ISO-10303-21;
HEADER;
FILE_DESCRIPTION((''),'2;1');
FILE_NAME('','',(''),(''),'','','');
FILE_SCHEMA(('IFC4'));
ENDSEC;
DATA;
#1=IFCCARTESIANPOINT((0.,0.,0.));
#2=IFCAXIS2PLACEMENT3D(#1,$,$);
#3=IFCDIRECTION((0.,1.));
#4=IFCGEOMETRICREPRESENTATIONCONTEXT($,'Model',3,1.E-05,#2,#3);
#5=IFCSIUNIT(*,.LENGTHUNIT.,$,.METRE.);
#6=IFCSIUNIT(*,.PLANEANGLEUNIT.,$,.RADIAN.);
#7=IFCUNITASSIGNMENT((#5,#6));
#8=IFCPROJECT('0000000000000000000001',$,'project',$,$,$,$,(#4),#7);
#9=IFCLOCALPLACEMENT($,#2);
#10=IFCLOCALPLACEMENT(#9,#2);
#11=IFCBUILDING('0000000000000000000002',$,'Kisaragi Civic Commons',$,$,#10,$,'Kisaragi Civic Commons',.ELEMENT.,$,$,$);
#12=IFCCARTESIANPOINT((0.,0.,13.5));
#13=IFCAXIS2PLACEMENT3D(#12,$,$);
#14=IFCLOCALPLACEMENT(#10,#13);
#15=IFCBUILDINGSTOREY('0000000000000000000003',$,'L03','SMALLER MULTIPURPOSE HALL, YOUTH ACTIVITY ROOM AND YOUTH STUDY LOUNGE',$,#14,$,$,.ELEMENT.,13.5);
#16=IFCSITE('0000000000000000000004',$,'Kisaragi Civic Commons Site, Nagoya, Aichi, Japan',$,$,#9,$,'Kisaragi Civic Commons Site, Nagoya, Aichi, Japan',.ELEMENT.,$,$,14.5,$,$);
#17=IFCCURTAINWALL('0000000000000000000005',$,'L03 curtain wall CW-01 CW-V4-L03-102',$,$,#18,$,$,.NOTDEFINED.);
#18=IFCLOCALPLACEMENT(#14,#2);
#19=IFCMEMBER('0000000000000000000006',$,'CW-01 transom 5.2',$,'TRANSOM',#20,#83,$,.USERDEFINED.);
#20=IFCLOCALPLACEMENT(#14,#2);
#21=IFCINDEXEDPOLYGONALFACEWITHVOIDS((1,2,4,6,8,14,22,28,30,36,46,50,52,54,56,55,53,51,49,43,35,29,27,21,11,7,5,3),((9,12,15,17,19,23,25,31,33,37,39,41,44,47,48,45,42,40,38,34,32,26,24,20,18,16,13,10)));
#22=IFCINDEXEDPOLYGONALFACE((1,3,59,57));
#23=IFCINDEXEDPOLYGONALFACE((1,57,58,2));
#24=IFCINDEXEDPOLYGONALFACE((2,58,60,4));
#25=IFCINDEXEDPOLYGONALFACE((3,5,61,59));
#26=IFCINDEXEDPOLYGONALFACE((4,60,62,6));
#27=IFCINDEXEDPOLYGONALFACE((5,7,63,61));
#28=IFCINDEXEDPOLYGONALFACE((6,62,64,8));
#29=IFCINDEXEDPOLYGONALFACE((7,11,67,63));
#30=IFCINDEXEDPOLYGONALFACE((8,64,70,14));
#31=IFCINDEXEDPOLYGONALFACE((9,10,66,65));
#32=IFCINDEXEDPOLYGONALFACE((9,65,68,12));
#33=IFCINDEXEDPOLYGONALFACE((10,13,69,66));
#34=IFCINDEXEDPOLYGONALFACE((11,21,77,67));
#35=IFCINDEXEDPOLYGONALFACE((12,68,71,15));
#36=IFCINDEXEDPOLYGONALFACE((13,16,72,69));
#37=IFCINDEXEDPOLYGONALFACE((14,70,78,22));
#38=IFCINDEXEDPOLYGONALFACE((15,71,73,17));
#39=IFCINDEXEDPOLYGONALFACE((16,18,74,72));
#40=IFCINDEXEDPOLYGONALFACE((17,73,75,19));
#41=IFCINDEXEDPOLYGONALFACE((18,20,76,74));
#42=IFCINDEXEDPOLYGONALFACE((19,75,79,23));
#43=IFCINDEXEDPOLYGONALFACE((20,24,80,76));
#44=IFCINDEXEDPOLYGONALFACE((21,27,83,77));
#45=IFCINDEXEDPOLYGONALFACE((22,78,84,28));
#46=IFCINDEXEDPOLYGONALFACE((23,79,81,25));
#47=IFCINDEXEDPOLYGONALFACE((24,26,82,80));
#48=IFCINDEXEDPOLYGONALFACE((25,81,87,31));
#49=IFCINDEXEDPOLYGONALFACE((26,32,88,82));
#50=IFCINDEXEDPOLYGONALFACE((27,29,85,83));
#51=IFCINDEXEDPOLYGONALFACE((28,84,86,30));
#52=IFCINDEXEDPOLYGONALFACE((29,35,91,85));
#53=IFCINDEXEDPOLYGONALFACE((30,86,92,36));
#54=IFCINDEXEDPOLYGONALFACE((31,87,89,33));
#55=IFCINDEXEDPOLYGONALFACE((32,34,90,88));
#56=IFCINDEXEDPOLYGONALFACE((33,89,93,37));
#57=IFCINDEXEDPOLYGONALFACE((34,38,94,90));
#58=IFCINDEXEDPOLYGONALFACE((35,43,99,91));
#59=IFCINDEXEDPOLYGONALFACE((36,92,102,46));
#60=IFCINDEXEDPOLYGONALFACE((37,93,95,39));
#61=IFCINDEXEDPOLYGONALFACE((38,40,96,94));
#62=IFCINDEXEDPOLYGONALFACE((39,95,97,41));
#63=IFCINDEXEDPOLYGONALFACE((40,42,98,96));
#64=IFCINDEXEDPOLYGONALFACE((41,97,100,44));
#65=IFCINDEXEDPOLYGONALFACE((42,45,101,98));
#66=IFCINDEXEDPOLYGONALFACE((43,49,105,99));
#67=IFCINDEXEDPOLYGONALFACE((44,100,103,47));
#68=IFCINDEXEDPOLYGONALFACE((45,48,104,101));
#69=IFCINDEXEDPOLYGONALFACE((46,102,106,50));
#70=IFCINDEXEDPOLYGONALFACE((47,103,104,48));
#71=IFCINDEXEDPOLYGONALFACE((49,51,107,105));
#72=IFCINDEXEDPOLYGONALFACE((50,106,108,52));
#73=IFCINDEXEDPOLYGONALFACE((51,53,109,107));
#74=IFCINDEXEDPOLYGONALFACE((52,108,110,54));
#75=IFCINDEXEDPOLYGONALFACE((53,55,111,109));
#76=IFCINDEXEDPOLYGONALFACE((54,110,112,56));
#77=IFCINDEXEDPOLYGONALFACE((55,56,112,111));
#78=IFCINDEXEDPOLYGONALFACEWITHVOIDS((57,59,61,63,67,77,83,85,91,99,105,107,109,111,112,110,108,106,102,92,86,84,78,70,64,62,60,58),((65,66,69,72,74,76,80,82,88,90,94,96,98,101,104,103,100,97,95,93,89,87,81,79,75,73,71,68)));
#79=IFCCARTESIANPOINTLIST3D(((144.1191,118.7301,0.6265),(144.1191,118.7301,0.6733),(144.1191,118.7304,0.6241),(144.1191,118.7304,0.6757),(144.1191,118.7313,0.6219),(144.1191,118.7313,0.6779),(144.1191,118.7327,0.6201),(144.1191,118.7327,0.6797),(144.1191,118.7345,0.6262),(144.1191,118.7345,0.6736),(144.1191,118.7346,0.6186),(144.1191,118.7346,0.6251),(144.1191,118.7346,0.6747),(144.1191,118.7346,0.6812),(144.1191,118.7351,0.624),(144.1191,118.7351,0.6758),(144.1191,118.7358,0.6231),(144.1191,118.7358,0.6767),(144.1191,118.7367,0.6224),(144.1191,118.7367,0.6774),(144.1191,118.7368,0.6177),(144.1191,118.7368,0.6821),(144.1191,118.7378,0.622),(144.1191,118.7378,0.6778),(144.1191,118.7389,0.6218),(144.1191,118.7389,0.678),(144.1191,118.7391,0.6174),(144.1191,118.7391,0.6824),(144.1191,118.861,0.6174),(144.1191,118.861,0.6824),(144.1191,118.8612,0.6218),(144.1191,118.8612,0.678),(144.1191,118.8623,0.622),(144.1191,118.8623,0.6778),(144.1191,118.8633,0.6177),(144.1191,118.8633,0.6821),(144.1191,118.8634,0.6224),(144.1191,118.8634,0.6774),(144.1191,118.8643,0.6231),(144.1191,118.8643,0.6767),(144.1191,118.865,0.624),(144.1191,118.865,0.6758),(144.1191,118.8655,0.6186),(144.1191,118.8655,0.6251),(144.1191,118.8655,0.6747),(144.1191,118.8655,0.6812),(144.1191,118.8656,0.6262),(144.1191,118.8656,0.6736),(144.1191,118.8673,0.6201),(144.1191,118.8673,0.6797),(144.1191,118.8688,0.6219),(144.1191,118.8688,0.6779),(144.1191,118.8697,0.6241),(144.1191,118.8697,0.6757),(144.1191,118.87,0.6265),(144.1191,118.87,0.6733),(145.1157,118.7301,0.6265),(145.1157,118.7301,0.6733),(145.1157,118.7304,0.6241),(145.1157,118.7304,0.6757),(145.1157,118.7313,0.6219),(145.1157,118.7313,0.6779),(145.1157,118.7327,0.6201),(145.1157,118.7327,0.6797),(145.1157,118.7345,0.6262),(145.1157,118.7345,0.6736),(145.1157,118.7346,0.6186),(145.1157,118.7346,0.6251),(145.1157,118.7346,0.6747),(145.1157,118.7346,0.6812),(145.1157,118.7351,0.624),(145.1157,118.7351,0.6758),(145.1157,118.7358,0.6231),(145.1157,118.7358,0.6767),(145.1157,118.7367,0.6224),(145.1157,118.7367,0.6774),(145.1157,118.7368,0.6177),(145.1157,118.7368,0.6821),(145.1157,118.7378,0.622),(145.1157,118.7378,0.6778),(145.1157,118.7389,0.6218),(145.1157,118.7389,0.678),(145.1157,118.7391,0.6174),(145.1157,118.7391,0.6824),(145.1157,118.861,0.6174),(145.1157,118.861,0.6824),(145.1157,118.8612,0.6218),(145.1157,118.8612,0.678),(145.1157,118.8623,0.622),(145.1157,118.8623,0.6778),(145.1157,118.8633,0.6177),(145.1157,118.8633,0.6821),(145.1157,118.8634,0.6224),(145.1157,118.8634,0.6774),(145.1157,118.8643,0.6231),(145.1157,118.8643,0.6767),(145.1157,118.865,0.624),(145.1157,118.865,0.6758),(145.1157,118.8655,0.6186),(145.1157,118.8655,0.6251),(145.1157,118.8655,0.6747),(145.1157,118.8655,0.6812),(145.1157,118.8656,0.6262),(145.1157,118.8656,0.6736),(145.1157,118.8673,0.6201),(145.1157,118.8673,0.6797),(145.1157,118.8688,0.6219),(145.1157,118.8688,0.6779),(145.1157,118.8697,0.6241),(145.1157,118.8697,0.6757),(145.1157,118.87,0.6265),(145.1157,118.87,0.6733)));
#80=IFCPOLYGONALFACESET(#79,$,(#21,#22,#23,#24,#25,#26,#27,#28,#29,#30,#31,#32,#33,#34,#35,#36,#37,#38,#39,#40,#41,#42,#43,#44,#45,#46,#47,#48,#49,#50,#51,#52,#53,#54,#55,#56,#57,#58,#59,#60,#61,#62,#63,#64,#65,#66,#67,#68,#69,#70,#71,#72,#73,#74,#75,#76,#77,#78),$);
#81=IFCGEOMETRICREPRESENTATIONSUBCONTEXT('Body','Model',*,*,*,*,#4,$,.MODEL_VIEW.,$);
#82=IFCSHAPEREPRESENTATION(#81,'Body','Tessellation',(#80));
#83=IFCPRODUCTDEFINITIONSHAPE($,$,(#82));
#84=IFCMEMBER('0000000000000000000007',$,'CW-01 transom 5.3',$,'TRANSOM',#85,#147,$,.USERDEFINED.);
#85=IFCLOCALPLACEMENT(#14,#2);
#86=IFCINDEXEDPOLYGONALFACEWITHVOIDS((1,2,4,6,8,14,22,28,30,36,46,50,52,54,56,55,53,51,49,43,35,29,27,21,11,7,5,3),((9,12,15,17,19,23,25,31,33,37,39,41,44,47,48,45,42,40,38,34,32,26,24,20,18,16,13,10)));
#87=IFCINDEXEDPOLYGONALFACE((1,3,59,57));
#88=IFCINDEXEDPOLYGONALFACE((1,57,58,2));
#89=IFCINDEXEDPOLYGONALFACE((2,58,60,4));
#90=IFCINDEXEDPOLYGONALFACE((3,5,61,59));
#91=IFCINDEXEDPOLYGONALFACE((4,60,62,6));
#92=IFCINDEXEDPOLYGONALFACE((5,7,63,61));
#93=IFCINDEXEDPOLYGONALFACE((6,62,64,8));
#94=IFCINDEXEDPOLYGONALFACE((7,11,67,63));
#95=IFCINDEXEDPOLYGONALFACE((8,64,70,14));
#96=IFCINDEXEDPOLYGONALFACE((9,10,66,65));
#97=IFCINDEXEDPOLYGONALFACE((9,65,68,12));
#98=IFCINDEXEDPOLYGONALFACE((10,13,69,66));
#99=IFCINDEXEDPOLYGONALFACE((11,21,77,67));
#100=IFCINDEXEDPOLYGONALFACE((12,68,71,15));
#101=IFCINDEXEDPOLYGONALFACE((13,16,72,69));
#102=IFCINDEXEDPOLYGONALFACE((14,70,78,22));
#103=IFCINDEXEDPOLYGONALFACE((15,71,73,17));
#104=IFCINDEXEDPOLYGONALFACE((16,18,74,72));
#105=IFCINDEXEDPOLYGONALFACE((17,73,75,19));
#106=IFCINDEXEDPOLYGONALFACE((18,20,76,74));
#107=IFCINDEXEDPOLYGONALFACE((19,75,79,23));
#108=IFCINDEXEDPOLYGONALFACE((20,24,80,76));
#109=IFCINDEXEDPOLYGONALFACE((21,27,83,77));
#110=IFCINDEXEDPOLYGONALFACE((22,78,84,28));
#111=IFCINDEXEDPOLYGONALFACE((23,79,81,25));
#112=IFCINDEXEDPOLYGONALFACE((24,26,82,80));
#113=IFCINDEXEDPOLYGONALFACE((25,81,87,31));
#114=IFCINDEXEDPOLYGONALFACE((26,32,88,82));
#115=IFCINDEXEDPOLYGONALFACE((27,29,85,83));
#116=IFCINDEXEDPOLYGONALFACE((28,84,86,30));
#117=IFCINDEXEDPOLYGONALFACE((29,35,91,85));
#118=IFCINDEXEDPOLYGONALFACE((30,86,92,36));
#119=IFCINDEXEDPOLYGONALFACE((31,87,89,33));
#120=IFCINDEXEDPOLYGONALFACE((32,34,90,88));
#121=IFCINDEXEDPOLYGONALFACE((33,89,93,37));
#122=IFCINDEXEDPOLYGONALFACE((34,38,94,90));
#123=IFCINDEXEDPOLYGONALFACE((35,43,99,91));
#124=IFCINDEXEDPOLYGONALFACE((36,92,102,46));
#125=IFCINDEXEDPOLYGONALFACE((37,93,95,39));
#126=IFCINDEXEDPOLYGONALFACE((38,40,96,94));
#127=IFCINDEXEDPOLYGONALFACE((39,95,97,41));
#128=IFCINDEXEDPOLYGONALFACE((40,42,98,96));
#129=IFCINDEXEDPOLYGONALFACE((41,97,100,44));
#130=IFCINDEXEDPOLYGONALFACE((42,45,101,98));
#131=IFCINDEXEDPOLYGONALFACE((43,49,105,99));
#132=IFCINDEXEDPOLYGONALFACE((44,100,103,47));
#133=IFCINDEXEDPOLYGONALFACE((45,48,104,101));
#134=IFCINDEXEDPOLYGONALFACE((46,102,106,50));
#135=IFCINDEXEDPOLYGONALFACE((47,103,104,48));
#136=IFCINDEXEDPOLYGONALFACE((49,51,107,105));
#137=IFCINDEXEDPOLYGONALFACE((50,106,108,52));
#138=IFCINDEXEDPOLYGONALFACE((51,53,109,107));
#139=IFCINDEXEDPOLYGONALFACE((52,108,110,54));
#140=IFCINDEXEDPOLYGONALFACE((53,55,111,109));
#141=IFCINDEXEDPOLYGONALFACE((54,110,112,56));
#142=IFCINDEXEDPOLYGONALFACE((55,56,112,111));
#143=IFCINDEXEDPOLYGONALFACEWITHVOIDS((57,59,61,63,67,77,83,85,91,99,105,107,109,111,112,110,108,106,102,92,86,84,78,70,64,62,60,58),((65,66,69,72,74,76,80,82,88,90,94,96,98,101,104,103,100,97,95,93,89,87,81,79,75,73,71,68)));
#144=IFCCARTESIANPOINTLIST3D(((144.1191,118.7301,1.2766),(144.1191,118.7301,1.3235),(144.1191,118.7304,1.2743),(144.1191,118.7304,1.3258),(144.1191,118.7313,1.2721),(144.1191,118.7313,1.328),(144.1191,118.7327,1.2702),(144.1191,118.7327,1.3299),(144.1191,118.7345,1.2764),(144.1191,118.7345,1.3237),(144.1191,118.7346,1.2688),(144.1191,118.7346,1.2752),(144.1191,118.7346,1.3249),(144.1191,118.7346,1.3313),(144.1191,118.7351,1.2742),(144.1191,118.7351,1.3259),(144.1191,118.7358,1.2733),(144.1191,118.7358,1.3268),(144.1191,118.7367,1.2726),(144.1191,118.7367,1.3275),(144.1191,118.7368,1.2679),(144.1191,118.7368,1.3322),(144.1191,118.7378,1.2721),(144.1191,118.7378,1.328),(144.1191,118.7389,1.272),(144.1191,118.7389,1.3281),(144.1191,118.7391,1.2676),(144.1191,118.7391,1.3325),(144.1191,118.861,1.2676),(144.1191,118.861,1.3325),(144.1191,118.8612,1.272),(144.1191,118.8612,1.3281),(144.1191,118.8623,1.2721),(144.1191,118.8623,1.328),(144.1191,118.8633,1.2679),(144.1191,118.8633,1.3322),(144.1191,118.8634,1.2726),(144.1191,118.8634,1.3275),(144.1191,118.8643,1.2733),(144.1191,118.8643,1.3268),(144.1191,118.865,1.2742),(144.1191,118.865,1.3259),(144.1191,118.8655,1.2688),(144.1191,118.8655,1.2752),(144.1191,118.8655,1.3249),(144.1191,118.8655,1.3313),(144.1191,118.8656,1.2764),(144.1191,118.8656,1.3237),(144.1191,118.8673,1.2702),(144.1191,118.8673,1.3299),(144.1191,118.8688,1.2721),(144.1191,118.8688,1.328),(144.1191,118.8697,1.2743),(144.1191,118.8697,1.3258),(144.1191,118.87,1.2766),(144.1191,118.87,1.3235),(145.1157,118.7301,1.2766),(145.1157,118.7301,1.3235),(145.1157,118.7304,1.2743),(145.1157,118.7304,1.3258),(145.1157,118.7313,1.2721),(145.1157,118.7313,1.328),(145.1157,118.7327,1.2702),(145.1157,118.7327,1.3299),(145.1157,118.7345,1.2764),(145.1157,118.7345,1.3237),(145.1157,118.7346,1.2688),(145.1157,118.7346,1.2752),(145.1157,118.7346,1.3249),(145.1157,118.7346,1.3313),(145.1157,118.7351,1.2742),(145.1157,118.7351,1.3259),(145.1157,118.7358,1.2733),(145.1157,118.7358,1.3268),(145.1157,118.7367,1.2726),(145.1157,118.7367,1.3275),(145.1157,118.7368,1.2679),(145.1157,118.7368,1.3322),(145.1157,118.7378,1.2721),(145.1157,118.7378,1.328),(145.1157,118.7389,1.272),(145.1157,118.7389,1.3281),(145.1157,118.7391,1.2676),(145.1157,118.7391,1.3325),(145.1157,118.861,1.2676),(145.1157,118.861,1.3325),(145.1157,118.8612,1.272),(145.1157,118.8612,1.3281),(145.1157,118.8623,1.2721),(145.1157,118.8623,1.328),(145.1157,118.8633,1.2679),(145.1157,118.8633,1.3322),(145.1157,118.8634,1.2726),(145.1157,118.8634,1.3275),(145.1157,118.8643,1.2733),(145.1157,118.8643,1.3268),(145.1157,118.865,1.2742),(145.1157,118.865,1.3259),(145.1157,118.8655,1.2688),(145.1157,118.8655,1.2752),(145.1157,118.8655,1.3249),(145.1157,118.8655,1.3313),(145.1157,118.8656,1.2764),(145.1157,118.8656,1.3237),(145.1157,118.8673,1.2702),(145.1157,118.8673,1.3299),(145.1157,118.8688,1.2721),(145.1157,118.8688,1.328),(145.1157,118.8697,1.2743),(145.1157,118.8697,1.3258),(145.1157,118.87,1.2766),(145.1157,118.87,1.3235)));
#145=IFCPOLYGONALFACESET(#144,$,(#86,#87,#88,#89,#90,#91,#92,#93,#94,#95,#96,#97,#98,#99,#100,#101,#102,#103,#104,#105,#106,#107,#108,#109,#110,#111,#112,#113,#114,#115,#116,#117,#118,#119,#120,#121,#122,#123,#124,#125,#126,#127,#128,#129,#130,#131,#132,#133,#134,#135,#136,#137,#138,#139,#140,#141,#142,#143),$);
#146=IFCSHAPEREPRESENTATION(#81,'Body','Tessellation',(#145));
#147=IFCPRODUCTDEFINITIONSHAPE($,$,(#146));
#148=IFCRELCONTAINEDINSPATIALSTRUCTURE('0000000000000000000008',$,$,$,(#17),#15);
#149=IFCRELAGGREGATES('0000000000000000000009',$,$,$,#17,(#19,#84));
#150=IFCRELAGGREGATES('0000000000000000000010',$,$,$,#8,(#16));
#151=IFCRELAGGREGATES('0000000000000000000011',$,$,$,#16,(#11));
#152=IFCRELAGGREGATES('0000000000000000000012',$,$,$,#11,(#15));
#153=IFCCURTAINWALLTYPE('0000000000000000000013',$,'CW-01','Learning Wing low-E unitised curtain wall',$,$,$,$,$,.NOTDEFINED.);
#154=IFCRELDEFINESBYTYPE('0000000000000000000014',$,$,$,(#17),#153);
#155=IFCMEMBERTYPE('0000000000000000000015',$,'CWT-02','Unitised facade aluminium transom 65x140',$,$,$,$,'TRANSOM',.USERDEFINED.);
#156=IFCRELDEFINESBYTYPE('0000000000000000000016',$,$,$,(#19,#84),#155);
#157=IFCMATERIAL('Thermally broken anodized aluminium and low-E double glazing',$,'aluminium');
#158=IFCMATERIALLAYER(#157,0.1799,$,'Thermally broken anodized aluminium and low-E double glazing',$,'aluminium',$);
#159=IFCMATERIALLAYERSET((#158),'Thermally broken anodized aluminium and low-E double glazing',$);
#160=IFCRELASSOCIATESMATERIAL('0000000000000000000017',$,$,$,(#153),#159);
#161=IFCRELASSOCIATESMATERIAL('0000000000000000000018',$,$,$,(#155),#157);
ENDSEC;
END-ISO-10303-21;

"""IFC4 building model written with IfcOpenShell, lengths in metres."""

from ifc_helpers import new_model, si_unit, direction, frame, origin, origin_2d, place, context, subcontext, project, spatial, hollow_rectangle, extrude, material, layer, layer_set, material_profile, profile_set, type_object, element, aggregate, save


model = new_model("IFC4")

# Units and contexts
model_context = context("Model", 3, precision=1e-05, world=origin(), true_north=direction((0.0, 1.0)))
body_context = subcontext(model_context, "Body", "Model", "MODEL_VIEW")
ifc_project = project(units=[si_unit("LENGTHUNIT", "METRE"), si_unit("PLANEANGLEUNIT", "RADIAN")], contexts=[model_context])

# Site, building, storey
site_placement = place(None, origin())
site = spatial("IfcSite", under=ifc_project, at=site_placement, Name="Kisaragi Civic Commons Site, Nagoya, Aichi, Japan", LongName="Kisaragi Civic Commons Site, Nagoya, Aichi, Japan", CompositionType="ELEMENT", RefElevation=14.5)
building_placement = place(site_placement, origin())
building = spatial("IfcBuilding", under=site, at=building_placement, Name="Kisaragi Civic Commons", LongName="Kisaragi Civic Commons", CompositionType="ELEMENT")
storey_placement = place(building_placement, frame((0.0, 0.0, 13.5)))
storey = spatial("IfcBuildingStorey", under=building, at=storey_placement, Name="L03", Description="SMALLER MULTIPURPOSE HALL, YOUTH ACTIVITY ROOM AND YOUTH STUDY LOUNGE", CompositionType="ELEMENT", Elevation=13.5)

# Curtain wall, members
ifc_material = material(Name="Thermally broken anodized aluminium and low-E double glazing", Category="aluminium")
ifc_layer_1 = layer(ifc_material, 0.1799, Name="Thermally broken anodized aluminium and low-E double glazing", Category="aluminium")
ifc_layer_set_1 = layer_set([ifc_layer_1], Name="Thermally broken anodized aluminium and low-E double glazing")
curtain_wall_type = type_object("IfcCurtainWallType", Name="CW-01", Description="Learning Wing low-E unitised curtain wall", PredefinedType="NOTDEFINED", material=ifc_layer_set_1)
curtain_wall_placement = place(storey_placement, origin())
curtain_wall = element("IfcCurtainWall", 1, at=curtain_wall_placement, inside=storey, type_object=curtain_wall_type, Name="L03 curtain wall CW-01 CW-V4-L03-102", PredefinedType="NOTDEFINED")
ifc_material_profile_1 = material_profile(ifc_material, hollow_rectangle(XDim=0.1399, YDim=0.0649, WallThickness=0.0044, InnerFilletRadius=0.0044, OuterFilletRadius=0.009, at=origin_2d()), Name="CWT-65x140x4.5", Category="aluminium")
ifc_profile_set_1 = profile_set([ifc_material_profile_1], Name="Thermally broken anodized aluminium and low-E double glazing")
member_type_1 = type_object("IfcMemberType", Name="CWT-02", Description="Unitised facade aluminium transom 65x140", ElementType="TRANSOM", PredefinedType="USERDEFINED", material=ifc_profile_set_1)
member_1_placement = place(storey_placement, frame((144.1191, 118.8, 0.6499), z_axis=(1.0, 0.0, 0.0), x_axis=(0.0, 1.0, 0.0)))
member_1 = element("IfcMember", 2, at=member_1_placement, type_object=member_type_1, Name="CW-01 transom 5.2", ObjectType="TRANSOM", PredefinedType="USERDEFINED", context=body_context, shape_type="SweptSolid", body=[
    extrude(hollow_rectangle(XDim=0.1399, YDim=0.0649, WallThickness=0.0044, InnerFilletRadius=0.0044, OuterFilletRadius=0.009, at=origin_2d()), origin(), (0.0, 0.0, 1.0), 0.9966),
])
member_2_placement = place(storey_placement, frame((144.1191, 118.8, 1.3), z_axis=(1.0, 0.0, 0.0), x_axis=(0.0, 1.0, 0.0)))
member_2 = element("IfcMember", 3, at=member_2_placement, type_object=member_type_1, Name="CW-01 transom 5.3", ObjectType="TRANSOM", PredefinedType="USERDEFINED", context=body_context, shape_type="SweptSolid", body=[
    extrude(hollow_rectangle(XDim=0.1399, YDim=0.0649, WallThickness=0.0044, InnerFilletRadius=0.0044, OuterFilletRadius=0.009, at=origin_2d()), origin(), (0.0, 0.0, 1.0), 0.9966),
])
aggregate(curtain_wall, [member_1, member_2])

save(model, "model.ifc")
